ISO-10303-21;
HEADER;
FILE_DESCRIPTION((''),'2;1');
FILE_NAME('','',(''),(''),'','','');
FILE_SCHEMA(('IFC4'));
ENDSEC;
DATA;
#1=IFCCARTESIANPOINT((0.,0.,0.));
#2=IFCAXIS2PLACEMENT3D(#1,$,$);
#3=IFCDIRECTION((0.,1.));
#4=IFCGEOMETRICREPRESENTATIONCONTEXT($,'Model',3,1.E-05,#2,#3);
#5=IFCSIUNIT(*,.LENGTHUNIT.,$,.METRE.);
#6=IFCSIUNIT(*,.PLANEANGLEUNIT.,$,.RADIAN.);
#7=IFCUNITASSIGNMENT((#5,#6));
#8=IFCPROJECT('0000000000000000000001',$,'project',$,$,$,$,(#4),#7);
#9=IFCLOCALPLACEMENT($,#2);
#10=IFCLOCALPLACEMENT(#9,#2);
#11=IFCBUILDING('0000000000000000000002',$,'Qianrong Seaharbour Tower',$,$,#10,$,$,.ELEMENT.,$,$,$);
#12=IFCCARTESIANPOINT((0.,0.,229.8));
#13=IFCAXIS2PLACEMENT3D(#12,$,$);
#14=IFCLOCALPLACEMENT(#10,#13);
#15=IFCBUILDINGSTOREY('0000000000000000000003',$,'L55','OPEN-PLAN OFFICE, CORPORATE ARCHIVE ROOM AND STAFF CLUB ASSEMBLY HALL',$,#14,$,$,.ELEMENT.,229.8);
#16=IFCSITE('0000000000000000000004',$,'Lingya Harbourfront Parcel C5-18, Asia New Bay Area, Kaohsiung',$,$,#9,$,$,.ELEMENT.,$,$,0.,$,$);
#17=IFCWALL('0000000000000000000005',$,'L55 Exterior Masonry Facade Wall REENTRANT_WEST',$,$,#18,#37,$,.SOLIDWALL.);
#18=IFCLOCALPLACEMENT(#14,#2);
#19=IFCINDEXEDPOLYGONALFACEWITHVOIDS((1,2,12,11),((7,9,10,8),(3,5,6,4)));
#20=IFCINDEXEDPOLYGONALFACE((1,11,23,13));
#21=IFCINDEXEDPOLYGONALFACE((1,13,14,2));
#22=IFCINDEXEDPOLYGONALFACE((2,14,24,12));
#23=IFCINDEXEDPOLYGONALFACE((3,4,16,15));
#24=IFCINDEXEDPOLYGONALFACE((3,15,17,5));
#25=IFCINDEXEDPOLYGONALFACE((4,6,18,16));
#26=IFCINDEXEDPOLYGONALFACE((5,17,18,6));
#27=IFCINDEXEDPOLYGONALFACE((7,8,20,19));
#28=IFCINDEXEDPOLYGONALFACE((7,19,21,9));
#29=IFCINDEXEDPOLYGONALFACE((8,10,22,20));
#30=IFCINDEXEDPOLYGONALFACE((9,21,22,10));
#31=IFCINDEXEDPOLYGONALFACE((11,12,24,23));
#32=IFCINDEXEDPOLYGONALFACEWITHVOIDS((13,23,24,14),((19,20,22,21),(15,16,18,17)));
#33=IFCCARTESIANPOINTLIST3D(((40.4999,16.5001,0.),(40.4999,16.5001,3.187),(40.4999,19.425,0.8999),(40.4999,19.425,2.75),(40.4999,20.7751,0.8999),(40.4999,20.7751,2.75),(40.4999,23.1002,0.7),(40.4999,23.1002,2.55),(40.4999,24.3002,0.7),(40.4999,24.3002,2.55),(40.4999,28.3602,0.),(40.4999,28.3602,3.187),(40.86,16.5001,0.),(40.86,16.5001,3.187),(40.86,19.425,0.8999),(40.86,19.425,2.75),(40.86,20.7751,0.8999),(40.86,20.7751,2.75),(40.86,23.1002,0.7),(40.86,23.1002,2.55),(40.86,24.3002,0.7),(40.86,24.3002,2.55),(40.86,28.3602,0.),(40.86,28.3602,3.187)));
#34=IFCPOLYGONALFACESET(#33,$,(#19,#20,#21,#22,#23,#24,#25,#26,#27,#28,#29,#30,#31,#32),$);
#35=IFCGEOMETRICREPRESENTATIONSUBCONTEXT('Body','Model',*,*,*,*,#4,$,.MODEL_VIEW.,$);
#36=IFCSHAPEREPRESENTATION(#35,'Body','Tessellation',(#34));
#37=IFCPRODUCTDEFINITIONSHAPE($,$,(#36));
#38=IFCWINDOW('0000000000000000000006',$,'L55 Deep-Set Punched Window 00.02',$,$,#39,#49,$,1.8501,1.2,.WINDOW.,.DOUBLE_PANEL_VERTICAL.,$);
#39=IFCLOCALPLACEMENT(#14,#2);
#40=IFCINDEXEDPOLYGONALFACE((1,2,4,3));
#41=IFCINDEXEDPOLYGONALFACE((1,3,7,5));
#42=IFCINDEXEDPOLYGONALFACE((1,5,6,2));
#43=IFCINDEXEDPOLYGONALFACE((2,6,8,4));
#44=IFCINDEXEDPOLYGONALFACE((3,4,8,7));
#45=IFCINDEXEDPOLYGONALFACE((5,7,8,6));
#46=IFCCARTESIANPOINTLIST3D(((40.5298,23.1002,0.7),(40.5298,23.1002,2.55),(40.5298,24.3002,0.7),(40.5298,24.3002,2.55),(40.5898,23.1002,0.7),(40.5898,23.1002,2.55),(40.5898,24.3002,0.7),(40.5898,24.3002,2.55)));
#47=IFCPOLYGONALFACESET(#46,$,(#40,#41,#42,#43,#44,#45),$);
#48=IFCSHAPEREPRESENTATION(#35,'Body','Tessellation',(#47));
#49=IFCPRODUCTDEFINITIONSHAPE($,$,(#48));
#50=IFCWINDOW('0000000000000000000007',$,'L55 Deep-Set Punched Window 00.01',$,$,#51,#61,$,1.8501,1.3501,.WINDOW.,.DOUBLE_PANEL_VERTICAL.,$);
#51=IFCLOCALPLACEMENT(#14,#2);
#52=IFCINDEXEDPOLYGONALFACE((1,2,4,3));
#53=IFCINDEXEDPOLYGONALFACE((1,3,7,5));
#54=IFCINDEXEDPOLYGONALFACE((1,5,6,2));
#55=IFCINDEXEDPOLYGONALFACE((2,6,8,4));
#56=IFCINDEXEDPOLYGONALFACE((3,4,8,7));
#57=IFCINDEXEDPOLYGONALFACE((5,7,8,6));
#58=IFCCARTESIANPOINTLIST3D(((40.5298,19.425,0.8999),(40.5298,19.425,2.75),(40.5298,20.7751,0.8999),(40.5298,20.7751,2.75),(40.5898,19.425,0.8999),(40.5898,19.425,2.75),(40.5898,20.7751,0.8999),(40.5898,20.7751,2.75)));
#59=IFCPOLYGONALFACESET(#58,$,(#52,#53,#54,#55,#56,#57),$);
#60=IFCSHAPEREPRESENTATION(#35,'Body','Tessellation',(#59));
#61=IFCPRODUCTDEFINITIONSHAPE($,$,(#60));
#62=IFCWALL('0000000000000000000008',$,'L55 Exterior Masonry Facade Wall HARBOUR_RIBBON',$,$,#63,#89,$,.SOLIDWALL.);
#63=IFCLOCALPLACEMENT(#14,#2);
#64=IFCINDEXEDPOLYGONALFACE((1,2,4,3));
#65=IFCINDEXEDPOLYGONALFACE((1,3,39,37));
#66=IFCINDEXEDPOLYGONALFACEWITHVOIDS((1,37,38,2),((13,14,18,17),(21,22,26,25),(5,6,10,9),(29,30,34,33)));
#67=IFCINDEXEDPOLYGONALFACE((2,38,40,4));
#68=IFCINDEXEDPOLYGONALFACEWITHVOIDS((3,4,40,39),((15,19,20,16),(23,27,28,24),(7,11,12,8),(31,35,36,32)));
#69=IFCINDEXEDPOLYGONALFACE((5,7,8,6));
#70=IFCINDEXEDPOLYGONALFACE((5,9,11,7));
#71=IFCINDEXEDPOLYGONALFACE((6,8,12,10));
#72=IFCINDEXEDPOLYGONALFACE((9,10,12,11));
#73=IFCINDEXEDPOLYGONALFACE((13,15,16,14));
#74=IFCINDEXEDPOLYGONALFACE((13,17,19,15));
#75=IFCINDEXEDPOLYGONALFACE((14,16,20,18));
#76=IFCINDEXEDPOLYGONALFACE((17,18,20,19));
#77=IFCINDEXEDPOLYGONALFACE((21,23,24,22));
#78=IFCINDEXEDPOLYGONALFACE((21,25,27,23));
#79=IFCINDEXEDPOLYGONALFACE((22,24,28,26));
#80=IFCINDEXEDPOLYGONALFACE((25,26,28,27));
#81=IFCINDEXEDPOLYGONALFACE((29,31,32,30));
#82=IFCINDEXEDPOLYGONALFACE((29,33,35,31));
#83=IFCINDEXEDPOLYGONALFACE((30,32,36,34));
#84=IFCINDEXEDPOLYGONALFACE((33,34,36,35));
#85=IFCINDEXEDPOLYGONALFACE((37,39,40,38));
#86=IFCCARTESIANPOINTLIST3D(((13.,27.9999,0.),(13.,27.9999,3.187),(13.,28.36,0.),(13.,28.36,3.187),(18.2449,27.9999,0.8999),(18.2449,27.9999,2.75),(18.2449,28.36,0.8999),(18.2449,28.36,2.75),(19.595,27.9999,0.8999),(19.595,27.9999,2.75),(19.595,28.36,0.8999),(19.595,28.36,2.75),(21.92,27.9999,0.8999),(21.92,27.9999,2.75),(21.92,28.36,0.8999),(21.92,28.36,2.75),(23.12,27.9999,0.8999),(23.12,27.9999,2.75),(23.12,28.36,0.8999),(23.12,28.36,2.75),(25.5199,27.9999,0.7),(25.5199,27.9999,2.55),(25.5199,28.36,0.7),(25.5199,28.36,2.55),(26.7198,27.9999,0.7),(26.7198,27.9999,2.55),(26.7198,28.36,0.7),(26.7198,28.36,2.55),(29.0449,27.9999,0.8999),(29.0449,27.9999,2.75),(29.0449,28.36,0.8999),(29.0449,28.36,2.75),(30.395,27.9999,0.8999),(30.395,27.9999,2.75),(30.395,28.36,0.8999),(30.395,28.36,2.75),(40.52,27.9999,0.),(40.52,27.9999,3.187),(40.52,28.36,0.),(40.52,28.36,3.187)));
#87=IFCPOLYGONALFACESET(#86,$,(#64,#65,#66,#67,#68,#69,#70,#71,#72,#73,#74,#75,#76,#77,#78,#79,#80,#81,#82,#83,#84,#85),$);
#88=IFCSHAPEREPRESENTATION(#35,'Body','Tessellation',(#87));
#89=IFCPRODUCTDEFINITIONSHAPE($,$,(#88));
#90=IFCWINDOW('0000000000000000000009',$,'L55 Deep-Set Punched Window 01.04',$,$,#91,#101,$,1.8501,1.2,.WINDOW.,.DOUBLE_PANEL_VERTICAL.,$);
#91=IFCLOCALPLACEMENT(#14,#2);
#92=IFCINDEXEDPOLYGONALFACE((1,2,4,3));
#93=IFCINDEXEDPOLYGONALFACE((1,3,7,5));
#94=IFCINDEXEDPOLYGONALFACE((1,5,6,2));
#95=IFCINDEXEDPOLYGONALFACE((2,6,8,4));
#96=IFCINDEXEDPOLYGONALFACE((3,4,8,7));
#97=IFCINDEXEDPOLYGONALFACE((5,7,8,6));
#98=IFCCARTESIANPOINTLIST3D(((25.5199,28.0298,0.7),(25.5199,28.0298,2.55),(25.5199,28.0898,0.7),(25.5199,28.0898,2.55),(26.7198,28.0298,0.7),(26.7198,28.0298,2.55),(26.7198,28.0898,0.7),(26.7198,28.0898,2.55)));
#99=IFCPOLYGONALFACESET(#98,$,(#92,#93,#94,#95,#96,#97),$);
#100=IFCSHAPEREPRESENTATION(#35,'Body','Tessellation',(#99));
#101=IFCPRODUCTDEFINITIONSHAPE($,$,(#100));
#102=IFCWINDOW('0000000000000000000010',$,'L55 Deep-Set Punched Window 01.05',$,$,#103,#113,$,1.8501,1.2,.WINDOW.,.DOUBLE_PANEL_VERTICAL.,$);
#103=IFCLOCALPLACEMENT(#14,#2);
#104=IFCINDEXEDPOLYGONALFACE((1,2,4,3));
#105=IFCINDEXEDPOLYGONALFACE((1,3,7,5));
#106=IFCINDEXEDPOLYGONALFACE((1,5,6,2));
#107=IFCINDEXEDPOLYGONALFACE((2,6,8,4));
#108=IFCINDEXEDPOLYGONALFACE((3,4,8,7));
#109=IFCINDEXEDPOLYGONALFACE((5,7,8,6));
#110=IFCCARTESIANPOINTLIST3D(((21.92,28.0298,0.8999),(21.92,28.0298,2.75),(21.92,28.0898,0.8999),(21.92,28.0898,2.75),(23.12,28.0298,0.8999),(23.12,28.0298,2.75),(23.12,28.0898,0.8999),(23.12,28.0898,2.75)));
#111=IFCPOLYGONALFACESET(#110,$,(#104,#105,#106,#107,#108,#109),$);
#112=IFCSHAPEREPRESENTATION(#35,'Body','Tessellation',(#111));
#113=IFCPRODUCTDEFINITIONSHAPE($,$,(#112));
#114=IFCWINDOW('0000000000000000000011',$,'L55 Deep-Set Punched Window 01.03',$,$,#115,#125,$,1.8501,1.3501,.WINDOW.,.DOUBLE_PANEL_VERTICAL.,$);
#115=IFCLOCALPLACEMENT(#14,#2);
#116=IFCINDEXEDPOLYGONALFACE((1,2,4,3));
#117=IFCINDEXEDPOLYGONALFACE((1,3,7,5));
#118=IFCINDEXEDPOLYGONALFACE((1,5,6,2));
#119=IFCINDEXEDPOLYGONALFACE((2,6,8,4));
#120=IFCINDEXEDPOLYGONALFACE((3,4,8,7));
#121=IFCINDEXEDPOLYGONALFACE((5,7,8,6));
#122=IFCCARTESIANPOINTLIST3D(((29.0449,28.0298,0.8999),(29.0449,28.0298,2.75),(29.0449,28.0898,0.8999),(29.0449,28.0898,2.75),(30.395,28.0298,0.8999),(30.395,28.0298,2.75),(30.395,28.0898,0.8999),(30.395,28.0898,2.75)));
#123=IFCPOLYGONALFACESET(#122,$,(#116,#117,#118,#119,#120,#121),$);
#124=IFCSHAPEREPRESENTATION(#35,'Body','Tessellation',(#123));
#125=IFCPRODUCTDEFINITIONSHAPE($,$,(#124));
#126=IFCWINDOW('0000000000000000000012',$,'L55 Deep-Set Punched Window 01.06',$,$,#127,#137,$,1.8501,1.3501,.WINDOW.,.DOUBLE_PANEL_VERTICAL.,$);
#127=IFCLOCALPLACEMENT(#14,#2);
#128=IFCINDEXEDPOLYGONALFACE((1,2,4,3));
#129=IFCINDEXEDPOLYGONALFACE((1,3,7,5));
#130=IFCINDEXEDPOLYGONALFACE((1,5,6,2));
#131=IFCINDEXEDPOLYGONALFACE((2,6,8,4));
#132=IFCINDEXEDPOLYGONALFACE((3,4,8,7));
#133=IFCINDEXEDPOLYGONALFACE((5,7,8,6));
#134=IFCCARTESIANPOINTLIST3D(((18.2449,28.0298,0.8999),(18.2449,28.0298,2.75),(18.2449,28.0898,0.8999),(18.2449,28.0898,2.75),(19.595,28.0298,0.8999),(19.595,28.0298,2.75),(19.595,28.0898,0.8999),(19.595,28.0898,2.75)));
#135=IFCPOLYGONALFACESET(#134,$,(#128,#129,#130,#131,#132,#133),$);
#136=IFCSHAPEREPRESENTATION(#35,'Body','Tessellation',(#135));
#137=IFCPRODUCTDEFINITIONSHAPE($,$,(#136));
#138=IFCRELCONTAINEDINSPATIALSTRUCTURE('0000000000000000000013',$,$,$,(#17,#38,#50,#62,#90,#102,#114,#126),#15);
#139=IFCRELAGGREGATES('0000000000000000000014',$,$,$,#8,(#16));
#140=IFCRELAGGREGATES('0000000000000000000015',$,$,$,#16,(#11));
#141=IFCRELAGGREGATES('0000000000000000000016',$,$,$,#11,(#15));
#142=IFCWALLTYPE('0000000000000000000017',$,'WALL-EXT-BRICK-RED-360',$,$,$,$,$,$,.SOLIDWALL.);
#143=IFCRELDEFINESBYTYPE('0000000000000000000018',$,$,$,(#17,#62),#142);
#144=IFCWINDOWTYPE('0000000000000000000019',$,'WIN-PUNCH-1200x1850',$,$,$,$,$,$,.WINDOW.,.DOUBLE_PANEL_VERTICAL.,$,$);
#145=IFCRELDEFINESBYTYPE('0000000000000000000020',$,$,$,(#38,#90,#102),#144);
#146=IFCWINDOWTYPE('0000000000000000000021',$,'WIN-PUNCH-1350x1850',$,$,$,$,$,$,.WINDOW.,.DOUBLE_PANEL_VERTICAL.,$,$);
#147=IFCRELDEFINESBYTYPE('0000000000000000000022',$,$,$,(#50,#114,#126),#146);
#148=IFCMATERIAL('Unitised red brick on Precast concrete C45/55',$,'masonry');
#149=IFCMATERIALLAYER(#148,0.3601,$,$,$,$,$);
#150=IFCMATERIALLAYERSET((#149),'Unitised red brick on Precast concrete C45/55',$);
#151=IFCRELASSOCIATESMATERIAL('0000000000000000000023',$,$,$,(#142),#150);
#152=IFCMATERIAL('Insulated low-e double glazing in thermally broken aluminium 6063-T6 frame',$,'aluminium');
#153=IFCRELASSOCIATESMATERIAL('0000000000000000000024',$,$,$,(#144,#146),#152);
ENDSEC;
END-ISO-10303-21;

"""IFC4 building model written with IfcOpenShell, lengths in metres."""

from ifc_helpers import new_model, si_unit, direction, frame, frame_2d, origin, place, context, subcontext, project, spatial, rectangle, extrude, material, layer, layer_set, type_object, element, fill, save


model = new_model("IFC4")

# Units and contexts
model_context = context("Model", 3, precision=1e-05, world=origin(), true_north=direction((0.0, 1.0)))
body_context = subcontext(model_context, "Body", "Model", "MODEL_VIEW")
ifc_project = project(units=[si_unit("LENGTHUNIT", "METRE"), si_unit("PLANEANGLEUNIT", "RADIAN")], contexts=[model_context])

# Site, building, storey
site_placement = place(None, origin())
site = spatial("IfcSite", under=ifc_project, at=site_placement, Name="Lingya Harbourfront Parcel C5-18, Asia New Bay Area, Kaohsiung", CompositionType="ELEMENT", RefElevation=0.0)
building_placement = place(site_placement, origin())
building = spatial("IfcBuilding", under=site, at=building_placement, Name="Qianrong Seaharbour Tower", CompositionType="ELEMENT")
storey_placement = place(building_placement, frame((0.0, 0.0, 229.8)))
storey = spatial("IfcBuildingStorey", under=building, at=storey_placement, Name="L55", Description="OPEN-PLAN OFFICE, CORPORATE ARCHIVE ROOM AND STAFF CLUB ASSEMBLY HALL", CompositionType="ELEMENT", Elevation=229.8)

# Walls, openings, windows
ifc_material_1 = material(Name="Unitised red brick on Precast concrete C45/55", Category="masonry")
ifc_layer_1 = layer(ifc_material_1, 0.3601)
ifc_layer_set_1 = layer_set([ifc_layer_1], Name="Unitised red brick on Precast concrete C45/55")
wall_type_1 = type_object("IfcWallType", Name="WALL-EXT-BRICK-RED-360", PredefinedType="SOLIDWALL", material=ifc_layer_set_1)
wall_1_placement = place(storey_placement, frame((40.6799, 16.5, 0.0), z_axis=(0.0, 0.0, 1.0), x_axis=(0.0, 1.0, 0.0)))
wall_1 = element("IfcWall", 1, at=wall_1_placement, inside=storey, type_object=wall_type_1, Name="L55 Exterior Masonry Facade Wall REENTRANT_WEST", PredefinedType="SOLIDWALL", context=body_context, shape_type="SweptSolid", body=[
    extrude(rectangle(XDim=11.8601, YDim=0.3601, at=frame_2d((5.9302, 0.0))), origin(), (0.0, 0.0, 1.0), 3.187),
])
opening_1_placement = place(wall_1_placement, frame((2.925, 0.0, 0.8999)))
opening_1 = element("IfcOpeningElement", 2, at=opening_1_placement, cuts=wall_1, PredefinedType="OPENING", context=body_context, shape_type="SweptSolid", body=[
    extrude(rectangle(XDim=1.3501, YDim=1.8501, at=frame_2d((0.675, 0.925))), frame((0.0, 0.1899, 0.0), z_axis=(0.0, -1.0, 0.0), x_axis=(1.0, 0.0, 0.0)), (0.0, 0.0, 1.0), 0.3801),
])
opening_2_placement = place(wall_1_placement, frame((6.6001, 0.0, 0.7)))
opening_2 = element("IfcOpeningElement", 3, at=opening_2_placement, cuts=wall_1, PredefinedType="OPENING", context=body_context, shape_type="SweptSolid", body=[
    extrude(rectangle(XDim=1.2, YDim=1.8501, at=frame_2d((0.6001, 0.925))), frame((0.0, 0.1899, 0.0), z_axis=(0.0, -1.0, 0.0), x_axis=(1.0, 0.0, 0.0)), (0.0, 0.0, 1.0), 0.3801),
])
ifc_material_2 = material(Name="Insulated low-e double glazing in thermally broken aluminium 6063-T6 frame", Category="aluminium")
window_type_1 = type_object("IfcWindowType", Name="WIN-PUNCH-1200x1850", PartitioningType="DOUBLE_PANEL_VERTICAL", PredefinedType="WINDOW", material=ifc_material_2)
window_1_placement = place(opening_2_placement, origin())
window_1 = element("IfcWindow", 4, at=window_1_placement, inside=storey, type_object=window_type_1, Name="L55 Deep-Set Punched Window 00.02", OverallHeight=1.8501, OverallWidth=1.2, PartitioningType="DOUBLE_PANEL_VERTICAL", PredefinedType="WINDOW", context=body_context, shape_type="SweptSolid", body=[
    extrude(rectangle(XDim=1.2, YDim=1.8501, at=frame_2d((0.6001, 0.925))), frame((0.0, 0.1501, 0.0), z_axis=(0.0, -1.0, 0.0), x_axis=(1.0, 0.0, 0.0)), (0.0, 0.0, 1.0), 0.0601),
])
fill(opening_2, window_1)
window_type_2 = type_object("IfcWindowType", Name="WIN-PUNCH-1350x1850", PartitioningType="DOUBLE_PANEL_VERTICAL", PredefinedType="WINDOW", material=ifc_material_2)
window_2_placement = place(opening_1_placement, origin())
window_2 = element("IfcWindow", 5, at=window_2_placement, inside=storey, type_object=window_type_2, Name="L55 Deep-Set Punched Window 00.01", OverallHeight=1.8501, OverallWidth=1.3501, PartitioningType="DOUBLE_PANEL_VERTICAL", PredefinedType="WINDOW", context=body_context, shape_type="SweptSolid", body=[
    extrude(rectangle(XDim=1.3501, YDim=1.8501, at=frame_2d((0.675, 0.925))), frame((0.0, 0.1501, 0.0), z_axis=(0.0, -1.0, 0.0), x_axis=(1.0, 0.0, 0.0)), (0.0, 0.0, 1.0), 0.0601),
])
fill(opening_1, window_2)
wall_2_placement = place(storey_placement, frame((40.52, 28.1799, 0.0), z_axis=(0.0, 0.0, 1.0), x_axis=(-1.0, 0.0, 0.0)))
wall_2 = element("IfcWall", 6, at=wall_2_placement, inside=storey, type_object=wall_type_1, Name="L55 Exterior Masonry Facade Wall HARBOUR_RIBBON", PredefinedType="SOLIDWALL", context=body_context, shape_type="SweptSolid", body=[
    extrude(rectangle(XDim=27.52, YDim=0.3601, at=frame_2d((13.76, 0.0))), origin(), (0.0, 0.0, 1.0), 3.187),
])
opening_3_placement = place(wall_2_placement, frame((10.125, 0.0, 0.8999)))
opening_3 = element("IfcOpeningElement", 7, at=opening_3_placement, cuts=wall_2, PredefinedType="OPENING", context=body_context, shape_type="SweptSolid", body=[
    extrude(rectangle(XDim=1.3501, YDim=1.8501, at=frame_2d((0.675, 0.925))), frame((0.0, 0.1899, 0.0), z_axis=(0.0, -1.0, 0.0), x_axis=(1.0, 0.0, 0.0)), (0.0, 0.0, 1.0), 0.3801),
])
opening_4_placement = place(wall_2_placement, frame((13.8, 0.0, 0.7)))
opening_4 = element("IfcOpeningElement", 8, at=opening_4_placement, cuts=wall_2, PredefinedType="OPENING", context=body_context, shape_type="SweptSolid", body=[
    extrude(rectangle(XDim=1.2, YDim=1.8501, at=frame_2d((0.6001, 0.925))), frame((0.0, 0.1899, 0.0), z_axis=(0.0, -1.0, 0.0), x_axis=(1.0, 0.0, 0.0)), (0.0, 0.0, 1.0), 0.3801),
])
opening_5_placement = place(wall_2_placement, frame((17.3999, 0.0, 0.8999)))
opening_5 = element("IfcOpeningElement", 9, at=opening_5_placement, cuts=wall_2, PredefinedType="OPENING", context=body_context, shape_type="SweptSolid", body=[
    extrude(rectangle(XDim=1.2, YDim=1.8501, at=frame_2d((0.6001, 0.925))), frame((0.0, 0.1899, 0.0), z_axis=(0.0, -1.0, 0.0), x_axis=(1.0, 0.0, 0.0)), (0.0, 0.0, 1.0), 0.3801),
])
opening_6_placement = place(wall_2_placement, frame((20.925, 0.0, 0.8999)))
opening_6 = element("IfcOpeningElement", 10, at=opening_6_placement, cuts=wall_2, PredefinedType="OPENING", context=body_context, shape_type="SweptSolid", body=[
    extrude(rectangle(XDim=1.3501, YDim=1.8501, at=frame_2d((0.675, 0.925))), frame((0.0, 0.1899, 0.0), z_axis=(0.0, -1.0, 0.0), x_axis=(1.0, 0.0, 0.0)), (0.0, 0.0, 1.0), 0.3801),
])
window_3_placement = place(opening_4_placement, origin())
window_3 = element("IfcWindow", 11, at=window_3_placement, inside=storey, type_object=window_type_1, Name="L55 Deep-Set Punched Window 01.04", OverallHeight=1.8501, OverallWidth=1.2, PartitioningType="DOUBLE_PANEL_VERTICAL", PredefinedType="WINDOW", context=body_context, shape_type="SweptSolid", body=[
    extrude(rectangle(XDim=1.2, YDim=1.8501, at=frame_2d((0.6001, 0.925))), frame((0.0, 0.1501, 0.0), z_axis=(0.0, -1.0, 0.0), x_axis=(1.0, 0.0, 0.0)), (0.0, 0.0, 1.0), 0.0601),
])
fill(opening_4, window_3)
window_4_placement = place(opening_5_placement, origin())
window_4 = element("IfcWindow", 12, at=window_4_placement, inside=storey, type_object=window_type_1, Name="L55 Deep-Set Punched Window 01.05", OverallHeight=1.8501, OverallWidth=1.2, PartitioningType="DOUBLE_PANEL_VERTICAL", PredefinedType="WINDOW", context=body_context, shape_type="SweptSolid", body=[
    extrude(rectangle(XDim=1.2, YDim=1.8501, at=frame_2d((0.6001, 0.925))), frame((0.0, 0.1501, 0.0), z_axis=(0.0, -1.0, 0.0), x_axis=(1.0, 0.0, 0.0)), (0.0, 0.0, 1.0), 0.0601),
])
fill(opening_5, window_4)
window_5_placement = place(opening_3_placement, origin())
window_5 = element("IfcWindow", 13, at=window_5_placement, inside=storey, type_object=window_type_2, Name="L55 Deep-Set Punched Window 01.03", OverallHeight=1.8501, OverallWidth=1.3501, PartitioningType="DOUBLE_PANEL_VERTICAL", PredefinedType="WINDOW", context=body_context, shape_type="SweptSolid", body=[
    extrude(rectangle(XDim=1.3501, YDim=1.8501, at=frame_2d((0.675, 0.925))), frame((0.0, 0.1501, 0.0), z_axis=(0.0, -1.0, 0.0), x_axis=(1.0, 0.0, 0.0)), (0.0, 0.0, 1.0), 0.0601),
])
fill(opening_3, window_5)
window_6_placement = place(opening_6_placement, origin())
window_6 = element("IfcWindow", 14, at=window_6_placement, inside=storey, type_object=window_type_2, Name="L55 Deep-Set Punched Window 01.06", OverallHeight=1.8501, OverallWidth=1.3501, PartitioningType="DOUBLE_PANEL_VERTICAL", PredefinedType="WINDOW", context=body_context, shape_type="SweptSolid", body=[
    extrude(rectangle(XDim=1.3501, YDim=1.8501, at=frame_2d((0.675, 0.925))), frame((0.0, 0.1501, 0.0), z_axis=(0.0, -1.0, 0.0), x_axis=(1.0, 0.0, 0.0)), (0.0, 0.0, 1.0), 0.0601),
])
fill(opening_6, window_6)

save(model, "model.ifc")
